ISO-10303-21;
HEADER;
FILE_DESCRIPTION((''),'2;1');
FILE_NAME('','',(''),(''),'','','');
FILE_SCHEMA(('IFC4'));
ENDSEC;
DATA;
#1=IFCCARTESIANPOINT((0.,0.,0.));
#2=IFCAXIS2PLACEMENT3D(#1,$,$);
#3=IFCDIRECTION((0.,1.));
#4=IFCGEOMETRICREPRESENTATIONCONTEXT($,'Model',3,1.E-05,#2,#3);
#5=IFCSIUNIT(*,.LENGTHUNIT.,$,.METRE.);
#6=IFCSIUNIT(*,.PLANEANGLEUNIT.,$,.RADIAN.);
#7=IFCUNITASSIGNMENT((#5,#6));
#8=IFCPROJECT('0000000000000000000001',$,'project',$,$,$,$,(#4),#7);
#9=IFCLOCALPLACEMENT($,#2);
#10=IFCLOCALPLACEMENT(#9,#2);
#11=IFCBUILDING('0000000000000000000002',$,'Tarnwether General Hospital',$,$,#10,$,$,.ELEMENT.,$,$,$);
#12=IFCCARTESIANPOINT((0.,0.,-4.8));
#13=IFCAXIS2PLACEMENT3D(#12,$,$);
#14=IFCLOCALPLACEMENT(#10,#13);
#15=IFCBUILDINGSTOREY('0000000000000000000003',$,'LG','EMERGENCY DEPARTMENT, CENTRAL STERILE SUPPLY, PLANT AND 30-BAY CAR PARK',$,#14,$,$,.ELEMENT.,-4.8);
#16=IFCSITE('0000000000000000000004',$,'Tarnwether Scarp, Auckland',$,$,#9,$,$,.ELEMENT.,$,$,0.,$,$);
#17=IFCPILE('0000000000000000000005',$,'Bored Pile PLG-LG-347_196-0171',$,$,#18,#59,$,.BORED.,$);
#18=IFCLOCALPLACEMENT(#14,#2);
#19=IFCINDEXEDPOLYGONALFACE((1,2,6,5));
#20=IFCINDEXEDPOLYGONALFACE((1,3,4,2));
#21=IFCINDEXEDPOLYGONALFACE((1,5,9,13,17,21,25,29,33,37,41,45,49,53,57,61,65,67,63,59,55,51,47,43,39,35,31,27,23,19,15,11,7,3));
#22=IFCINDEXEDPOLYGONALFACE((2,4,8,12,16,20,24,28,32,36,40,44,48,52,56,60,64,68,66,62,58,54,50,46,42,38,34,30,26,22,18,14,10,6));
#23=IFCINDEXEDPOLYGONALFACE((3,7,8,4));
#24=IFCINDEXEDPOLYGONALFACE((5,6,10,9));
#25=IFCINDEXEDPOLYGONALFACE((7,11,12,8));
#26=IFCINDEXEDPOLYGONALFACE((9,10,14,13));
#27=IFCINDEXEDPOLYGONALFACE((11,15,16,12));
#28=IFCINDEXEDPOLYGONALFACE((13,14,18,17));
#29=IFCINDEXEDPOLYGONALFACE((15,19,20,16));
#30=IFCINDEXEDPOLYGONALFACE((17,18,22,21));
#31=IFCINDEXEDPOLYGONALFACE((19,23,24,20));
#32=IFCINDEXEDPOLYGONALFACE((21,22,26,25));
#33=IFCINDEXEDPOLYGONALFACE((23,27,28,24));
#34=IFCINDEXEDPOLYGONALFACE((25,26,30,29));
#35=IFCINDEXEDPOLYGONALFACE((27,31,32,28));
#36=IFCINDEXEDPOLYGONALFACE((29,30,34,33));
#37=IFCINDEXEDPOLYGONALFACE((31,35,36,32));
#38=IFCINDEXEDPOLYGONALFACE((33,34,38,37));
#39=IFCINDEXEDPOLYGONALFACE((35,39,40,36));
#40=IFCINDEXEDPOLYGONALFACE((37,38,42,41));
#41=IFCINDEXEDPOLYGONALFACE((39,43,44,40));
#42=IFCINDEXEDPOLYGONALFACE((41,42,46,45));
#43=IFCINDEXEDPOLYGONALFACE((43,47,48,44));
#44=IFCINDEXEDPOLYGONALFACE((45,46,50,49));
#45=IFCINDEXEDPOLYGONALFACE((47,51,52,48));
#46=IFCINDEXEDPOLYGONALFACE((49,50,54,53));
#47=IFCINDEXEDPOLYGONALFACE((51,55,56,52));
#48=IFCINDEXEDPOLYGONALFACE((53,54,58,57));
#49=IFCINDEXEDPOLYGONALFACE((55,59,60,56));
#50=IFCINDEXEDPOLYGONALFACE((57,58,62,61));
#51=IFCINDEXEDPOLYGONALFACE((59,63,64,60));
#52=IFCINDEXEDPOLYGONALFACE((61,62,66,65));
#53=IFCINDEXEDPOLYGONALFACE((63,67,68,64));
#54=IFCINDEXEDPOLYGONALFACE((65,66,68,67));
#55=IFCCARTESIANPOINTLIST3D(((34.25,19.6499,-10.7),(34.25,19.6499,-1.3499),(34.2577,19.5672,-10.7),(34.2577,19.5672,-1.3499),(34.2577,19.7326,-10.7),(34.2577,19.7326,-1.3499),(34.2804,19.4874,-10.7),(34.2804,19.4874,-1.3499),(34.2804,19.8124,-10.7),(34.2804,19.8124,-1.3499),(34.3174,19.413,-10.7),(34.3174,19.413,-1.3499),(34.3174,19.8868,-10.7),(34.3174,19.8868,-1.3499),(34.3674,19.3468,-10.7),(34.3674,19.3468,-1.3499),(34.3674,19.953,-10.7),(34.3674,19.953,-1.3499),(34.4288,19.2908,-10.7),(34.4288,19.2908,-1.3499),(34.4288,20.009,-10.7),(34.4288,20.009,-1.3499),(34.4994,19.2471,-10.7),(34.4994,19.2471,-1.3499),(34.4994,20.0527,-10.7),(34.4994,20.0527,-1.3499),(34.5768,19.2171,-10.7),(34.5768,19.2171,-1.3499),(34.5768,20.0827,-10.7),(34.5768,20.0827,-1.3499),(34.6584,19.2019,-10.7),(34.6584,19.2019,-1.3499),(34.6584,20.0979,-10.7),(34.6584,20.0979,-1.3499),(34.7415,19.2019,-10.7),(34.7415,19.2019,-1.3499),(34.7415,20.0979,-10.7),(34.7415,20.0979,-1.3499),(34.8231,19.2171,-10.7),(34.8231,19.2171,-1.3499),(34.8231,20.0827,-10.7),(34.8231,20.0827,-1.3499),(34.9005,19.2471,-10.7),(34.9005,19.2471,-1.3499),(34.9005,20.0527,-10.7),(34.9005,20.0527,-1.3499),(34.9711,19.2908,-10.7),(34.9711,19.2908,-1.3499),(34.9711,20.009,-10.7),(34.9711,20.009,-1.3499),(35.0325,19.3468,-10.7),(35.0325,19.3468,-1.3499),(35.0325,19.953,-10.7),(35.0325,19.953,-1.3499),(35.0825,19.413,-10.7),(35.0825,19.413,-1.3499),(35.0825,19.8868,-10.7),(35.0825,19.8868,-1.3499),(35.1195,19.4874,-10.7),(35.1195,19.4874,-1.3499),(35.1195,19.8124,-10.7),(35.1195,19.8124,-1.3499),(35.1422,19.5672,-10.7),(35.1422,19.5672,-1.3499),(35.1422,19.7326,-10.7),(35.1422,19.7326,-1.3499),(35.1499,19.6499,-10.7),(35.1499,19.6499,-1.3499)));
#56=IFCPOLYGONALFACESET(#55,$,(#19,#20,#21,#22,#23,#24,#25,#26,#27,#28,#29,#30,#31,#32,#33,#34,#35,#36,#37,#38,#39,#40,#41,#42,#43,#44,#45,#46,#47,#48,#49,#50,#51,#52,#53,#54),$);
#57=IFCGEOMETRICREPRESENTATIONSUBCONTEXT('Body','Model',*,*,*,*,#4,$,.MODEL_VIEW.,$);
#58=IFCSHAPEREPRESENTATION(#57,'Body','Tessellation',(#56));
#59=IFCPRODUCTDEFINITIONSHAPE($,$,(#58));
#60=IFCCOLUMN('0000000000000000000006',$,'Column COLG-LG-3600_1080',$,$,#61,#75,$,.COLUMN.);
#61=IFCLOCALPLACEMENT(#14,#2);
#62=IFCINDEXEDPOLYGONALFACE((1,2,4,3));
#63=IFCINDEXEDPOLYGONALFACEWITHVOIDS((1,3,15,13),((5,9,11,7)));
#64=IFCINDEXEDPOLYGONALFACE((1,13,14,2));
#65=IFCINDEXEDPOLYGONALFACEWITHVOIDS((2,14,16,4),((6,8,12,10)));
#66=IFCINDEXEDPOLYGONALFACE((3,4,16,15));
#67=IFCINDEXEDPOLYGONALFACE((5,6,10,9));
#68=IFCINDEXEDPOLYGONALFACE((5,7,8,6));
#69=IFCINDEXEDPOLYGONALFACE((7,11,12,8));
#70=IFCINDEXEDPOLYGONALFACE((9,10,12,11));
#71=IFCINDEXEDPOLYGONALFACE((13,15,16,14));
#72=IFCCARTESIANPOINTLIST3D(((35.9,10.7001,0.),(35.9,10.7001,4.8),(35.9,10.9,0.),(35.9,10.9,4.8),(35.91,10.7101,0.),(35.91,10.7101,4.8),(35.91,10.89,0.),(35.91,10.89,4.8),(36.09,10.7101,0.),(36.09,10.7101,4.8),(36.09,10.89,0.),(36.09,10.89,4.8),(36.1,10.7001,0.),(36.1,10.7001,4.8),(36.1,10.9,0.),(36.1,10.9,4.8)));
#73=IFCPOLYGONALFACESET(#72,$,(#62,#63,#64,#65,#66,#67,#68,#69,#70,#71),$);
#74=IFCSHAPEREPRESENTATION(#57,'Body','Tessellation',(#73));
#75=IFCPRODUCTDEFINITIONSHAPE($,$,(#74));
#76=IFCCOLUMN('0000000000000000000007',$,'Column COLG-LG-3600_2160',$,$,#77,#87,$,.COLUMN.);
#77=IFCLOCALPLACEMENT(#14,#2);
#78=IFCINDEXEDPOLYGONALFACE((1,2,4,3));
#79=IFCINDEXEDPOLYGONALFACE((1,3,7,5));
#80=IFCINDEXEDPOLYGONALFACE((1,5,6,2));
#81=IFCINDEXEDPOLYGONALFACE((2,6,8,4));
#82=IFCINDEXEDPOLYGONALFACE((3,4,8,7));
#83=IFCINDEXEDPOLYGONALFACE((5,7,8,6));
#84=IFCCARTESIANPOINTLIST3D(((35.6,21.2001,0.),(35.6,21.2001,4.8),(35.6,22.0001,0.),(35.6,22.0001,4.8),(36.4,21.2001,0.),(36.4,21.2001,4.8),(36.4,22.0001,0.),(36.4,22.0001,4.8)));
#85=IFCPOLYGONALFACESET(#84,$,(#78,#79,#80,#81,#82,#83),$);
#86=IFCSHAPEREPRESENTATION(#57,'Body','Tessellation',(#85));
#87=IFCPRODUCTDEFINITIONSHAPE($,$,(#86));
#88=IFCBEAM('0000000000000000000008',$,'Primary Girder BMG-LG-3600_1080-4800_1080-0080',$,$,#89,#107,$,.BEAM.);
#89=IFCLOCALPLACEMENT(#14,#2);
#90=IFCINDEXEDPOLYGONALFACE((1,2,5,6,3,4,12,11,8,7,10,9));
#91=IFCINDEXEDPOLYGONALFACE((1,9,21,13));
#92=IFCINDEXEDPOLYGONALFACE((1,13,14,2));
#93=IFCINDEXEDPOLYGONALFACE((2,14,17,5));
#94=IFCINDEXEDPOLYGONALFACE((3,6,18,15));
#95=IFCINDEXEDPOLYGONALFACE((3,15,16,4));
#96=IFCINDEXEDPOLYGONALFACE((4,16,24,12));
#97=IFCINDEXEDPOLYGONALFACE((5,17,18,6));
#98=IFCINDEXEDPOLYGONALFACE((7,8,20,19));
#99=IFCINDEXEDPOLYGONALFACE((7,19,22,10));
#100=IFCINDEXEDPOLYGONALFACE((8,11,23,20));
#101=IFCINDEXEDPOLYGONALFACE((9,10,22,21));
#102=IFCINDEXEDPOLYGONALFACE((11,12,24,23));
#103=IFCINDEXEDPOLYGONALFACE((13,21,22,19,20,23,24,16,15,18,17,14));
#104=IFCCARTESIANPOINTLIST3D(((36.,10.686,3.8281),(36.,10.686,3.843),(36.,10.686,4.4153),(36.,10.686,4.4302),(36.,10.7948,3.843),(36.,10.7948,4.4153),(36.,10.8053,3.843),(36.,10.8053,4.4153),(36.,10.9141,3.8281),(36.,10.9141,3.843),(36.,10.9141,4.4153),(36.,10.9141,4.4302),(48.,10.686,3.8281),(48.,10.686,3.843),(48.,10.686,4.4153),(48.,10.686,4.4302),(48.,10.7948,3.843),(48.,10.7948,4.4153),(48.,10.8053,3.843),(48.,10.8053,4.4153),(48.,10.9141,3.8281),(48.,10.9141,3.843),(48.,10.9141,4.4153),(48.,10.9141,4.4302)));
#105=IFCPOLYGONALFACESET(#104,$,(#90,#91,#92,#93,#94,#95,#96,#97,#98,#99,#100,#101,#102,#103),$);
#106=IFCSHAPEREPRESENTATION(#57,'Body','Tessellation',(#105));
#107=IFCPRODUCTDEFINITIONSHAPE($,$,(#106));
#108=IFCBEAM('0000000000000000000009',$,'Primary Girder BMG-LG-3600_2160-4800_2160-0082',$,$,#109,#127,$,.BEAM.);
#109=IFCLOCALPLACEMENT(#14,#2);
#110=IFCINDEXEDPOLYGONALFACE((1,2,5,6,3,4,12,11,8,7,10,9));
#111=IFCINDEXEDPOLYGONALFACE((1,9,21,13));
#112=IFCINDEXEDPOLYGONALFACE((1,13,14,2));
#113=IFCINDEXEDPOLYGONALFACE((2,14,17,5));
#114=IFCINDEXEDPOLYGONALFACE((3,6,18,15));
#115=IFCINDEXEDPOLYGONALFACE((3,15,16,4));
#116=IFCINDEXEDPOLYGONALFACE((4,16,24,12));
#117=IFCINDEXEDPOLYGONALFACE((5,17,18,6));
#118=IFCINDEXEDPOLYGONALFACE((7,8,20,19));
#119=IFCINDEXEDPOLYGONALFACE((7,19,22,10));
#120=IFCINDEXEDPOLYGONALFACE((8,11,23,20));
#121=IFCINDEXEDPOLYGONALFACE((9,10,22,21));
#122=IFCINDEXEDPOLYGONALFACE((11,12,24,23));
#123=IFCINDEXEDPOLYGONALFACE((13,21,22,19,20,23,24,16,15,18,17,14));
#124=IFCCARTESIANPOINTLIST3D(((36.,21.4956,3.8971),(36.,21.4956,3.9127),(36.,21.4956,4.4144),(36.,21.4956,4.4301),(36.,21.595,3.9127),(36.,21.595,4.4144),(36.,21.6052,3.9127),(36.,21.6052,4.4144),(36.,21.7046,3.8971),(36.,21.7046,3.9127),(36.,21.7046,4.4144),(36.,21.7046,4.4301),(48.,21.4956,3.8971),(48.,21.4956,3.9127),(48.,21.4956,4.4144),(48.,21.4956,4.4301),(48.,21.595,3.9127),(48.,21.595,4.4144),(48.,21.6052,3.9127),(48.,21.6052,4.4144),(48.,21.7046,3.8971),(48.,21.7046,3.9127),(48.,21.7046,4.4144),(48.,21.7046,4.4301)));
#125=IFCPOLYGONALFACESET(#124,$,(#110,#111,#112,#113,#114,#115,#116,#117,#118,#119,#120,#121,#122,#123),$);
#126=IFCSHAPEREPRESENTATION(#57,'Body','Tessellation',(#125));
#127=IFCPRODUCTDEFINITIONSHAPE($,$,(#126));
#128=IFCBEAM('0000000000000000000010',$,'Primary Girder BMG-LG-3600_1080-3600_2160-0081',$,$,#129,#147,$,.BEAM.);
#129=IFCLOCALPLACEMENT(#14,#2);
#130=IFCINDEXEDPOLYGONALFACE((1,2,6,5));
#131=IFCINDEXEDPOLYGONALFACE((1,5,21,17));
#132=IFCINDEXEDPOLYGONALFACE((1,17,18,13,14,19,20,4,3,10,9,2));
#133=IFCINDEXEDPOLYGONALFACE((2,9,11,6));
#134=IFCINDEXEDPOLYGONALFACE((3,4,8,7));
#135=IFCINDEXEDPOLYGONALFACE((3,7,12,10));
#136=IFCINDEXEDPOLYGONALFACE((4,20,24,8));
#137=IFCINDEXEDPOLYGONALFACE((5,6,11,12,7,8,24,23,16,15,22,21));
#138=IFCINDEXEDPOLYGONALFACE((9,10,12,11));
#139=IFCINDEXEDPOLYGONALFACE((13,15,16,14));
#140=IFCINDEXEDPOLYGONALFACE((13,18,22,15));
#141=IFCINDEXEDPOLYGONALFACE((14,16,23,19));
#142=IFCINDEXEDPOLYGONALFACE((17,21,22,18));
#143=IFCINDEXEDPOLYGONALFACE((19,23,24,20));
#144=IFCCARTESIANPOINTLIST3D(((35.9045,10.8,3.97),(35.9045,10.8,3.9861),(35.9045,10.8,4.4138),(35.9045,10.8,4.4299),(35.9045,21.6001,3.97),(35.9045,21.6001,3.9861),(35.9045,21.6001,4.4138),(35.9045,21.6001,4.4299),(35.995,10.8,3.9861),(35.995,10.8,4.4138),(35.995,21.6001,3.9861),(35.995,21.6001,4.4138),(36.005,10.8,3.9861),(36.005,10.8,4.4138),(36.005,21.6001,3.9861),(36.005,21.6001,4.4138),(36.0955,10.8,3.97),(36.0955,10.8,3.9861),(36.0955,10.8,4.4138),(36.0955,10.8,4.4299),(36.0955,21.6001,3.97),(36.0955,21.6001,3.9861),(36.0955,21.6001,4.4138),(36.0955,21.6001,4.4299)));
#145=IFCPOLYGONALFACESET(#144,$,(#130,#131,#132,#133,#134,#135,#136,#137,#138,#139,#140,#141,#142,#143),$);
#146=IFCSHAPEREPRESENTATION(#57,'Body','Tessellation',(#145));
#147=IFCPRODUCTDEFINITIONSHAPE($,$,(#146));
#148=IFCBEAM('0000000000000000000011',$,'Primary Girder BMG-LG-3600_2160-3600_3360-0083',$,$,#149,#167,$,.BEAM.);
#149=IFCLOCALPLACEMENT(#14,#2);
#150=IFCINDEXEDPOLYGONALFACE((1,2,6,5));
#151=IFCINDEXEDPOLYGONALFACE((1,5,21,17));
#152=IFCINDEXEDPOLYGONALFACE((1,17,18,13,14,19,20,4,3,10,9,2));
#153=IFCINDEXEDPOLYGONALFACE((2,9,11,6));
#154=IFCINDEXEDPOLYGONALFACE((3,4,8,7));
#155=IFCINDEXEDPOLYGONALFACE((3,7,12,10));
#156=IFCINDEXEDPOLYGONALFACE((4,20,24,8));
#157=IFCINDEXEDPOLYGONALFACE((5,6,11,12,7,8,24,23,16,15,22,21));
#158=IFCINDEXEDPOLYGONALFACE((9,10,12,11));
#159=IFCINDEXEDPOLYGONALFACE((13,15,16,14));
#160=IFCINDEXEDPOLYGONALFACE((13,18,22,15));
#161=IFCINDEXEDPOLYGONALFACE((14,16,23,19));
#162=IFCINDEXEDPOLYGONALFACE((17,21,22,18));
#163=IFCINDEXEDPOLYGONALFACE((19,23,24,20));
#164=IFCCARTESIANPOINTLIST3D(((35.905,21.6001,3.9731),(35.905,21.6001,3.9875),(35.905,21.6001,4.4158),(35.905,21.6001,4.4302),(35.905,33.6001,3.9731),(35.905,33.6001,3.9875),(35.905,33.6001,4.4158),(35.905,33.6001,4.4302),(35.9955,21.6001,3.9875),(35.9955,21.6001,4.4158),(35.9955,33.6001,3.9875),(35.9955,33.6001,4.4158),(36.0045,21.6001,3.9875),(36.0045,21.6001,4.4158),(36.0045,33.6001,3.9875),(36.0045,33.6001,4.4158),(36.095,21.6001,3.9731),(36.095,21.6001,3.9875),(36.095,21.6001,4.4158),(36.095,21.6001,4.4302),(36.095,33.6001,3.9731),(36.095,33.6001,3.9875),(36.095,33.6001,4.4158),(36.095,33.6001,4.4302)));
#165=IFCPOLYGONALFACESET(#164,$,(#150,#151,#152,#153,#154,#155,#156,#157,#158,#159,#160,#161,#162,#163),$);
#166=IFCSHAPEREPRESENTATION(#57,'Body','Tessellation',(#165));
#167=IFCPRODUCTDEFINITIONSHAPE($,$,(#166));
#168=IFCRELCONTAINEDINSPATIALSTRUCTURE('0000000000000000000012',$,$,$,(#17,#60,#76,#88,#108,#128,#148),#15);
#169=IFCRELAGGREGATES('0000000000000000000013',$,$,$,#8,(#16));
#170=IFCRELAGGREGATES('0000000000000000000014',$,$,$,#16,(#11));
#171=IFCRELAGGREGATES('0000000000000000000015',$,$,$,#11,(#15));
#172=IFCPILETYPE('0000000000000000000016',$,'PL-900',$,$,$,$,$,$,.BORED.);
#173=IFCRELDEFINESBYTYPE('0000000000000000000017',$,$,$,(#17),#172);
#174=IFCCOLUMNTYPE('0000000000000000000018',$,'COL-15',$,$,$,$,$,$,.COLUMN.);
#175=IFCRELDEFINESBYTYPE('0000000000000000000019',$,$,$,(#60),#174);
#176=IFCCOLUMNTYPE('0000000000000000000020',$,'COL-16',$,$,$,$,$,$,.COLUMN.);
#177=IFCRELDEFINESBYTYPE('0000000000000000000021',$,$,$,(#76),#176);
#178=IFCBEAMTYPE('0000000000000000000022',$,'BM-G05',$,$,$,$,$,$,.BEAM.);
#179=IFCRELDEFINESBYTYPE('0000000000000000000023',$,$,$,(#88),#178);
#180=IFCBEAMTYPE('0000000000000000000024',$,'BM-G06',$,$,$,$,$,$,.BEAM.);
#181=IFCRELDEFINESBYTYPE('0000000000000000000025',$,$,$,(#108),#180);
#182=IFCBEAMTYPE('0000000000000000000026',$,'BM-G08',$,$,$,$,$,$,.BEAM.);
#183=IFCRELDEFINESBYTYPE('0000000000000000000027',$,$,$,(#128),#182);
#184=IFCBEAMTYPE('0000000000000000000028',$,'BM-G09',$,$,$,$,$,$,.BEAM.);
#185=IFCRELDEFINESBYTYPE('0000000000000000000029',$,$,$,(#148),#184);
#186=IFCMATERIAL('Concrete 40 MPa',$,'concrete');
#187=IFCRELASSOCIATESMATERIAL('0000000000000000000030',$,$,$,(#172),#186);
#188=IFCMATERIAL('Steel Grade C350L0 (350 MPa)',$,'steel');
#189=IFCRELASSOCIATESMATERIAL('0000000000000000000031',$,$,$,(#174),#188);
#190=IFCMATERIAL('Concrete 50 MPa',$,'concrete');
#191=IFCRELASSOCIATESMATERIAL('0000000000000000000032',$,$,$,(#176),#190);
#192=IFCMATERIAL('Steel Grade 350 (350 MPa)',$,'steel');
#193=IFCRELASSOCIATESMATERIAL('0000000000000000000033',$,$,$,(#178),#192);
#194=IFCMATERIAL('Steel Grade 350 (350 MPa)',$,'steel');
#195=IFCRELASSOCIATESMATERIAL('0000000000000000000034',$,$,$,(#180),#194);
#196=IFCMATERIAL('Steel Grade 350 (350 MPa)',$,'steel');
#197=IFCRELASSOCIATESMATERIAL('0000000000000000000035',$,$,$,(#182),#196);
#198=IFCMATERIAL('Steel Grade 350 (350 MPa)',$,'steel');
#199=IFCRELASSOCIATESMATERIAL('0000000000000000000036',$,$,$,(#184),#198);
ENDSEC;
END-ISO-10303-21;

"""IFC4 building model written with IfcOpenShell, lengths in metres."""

from ifc_helpers import new_model, si_unit, direction, frame, origin, origin_2d, place, context, subcontext, project, spatial, rectangle, hollow_rectangle, circle, i_section, extrude, material, material_profile, profile_set, type_object, element, save


model = new_model("IFC4")

# Units and contexts
model_context = context("Model", 3, precision=1e-05, world=origin(), true_north=direction((0.0, 1.0)))
body_context = subcontext(model_context, "Body", "Model", "MODEL_VIEW")
ifc_project = project(units=[si_unit("LENGTHUNIT", "METRE"), si_unit("PLANEANGLEUNIT", "RADIAN")], contexts=[model_context])

# Site, building, storey
site_placement = place(None, origin())
site = spatial("IfcSite", under=ifc_project, at=site_placement, Name="Tarnwether Scarp, Auckland", CompositionType="ELEMENT", RefElevation=0.0)
building_placement = place(site_placement, origin())
building = spatial("IfcBuilding", under=site, at=building_placement, Name="Tarnwether General Hospital", CompositionType="ELEMENT")
storey_placement = place(building_placement, frame((0.0, 0.0, -4.8)))
storey = spatial("IfcBuildingStorey", under=building, at=storey_placement, Name="LG", Description="EMERGENCY DEPARTMENT, CENTRAL STERILE SUPPLY, PLANT AND 30-BAY CAR PARK", CompositionType="ELEMENT", Elevation=-4.8)

# Pile
ifc_material_1 = material(Name="Concrete 40 MPa", Category="concrete")
ifc_material_profile_1 = material_profile(ifc_material_1, circle(Radius=0.45, at=origin_2d()), Name="PILE-D900")
ifc_profile_set_1 = profile_set([ifc_material_profile_1], Name="Concrete 40 MPa")
pile_type_1 = type_object("IfcPileType", Name="PL-900", PredefinedType="BORED", material=ifc_profile_set_1)
pile_1_placement = place(storey_placement, frame((34.7, 19.6499, -1.3499), z_axis=(0.0, 0.0, -1.0), x_axis=(1.0, 0.0, 0.0)))
element("IfcPile", 1, at=pile_1_placement, inside=storey, type_object=pile_type_1, Name="Bored Pile PLG-LG-347_196-0171", PredefinedType="BORED", context=body_context, shape_type="SweptSolid", body=[
    extrude(circle(Radius=0.45, at=origin_2d()), origin(), (0.0, 0.0, 1.0), 9.3501),
])

# Columns
ifc_material_2 = material(Name="Steel Grade C350L0 (350 MPa)", Category="steel")
ifc_material_profile_2 = material_profile(ifc_material_2, hollow_rectangle(XDim=0.2, YDim=0.2, WallThickness=0.01, at=origin_2d()), Name="SHS200x200x10")
ifc_profile_set_2 = profile_set([ifc_material_profile_2], Name="Steel Grade C350L0 (350 MPa)")
column_type_1 = type_object("IfcColumnType", Name="COL-15", PredefinedType="COLUMN", material=ifc_profile_set_2)
column_1_placement = place(storey_placement, frame((36.0, 10.8, 0.0), z_axis=(0.0, 0.0, 1.0), x_axis=(0.0, 1.0, 0.0)))
element("IfcColumn", 2, at=column_1_placement, inside=storey, type_object=column_type_1, Name="Column COLG-LG-3600_1080", PredefinedType="COLUMN", context=body_context, shape_type="SweptSolid", body=[
    extrude(hollow_rectangle(XDim=0.2, YDim=0.2, WallThickness=0.01, at=origin_2d()), origin(), (0.0, 0.0, 1.0), 4.8),
])
ifc_material_3 = material(Name="Concrete 50 MPa", Category="concrete")
ifc_material_profile_3 = material_profile(ifc_material_3, rectangle(XDim=0.8, YDim=0.8, at=origin_2d()), Name="RC-COL-800x800")
ifc_profile_set_3 = profile_set([ifc_material_profile_3], Name="Concrete 50 MPa")
column_type_2 = type_object("IfcColumnType", Name="COL-16", PredefinedType="COLUMN", material=ifc_profile_set_3)
column_2_placement = place(storey_placement, frame((36.0, 21.6001, 0.0), z_axis=(0.0, 0.0, 1.0), x_axis=(0.0, 1.0, 0.0)))
element("IfcColumn", 3, at=column_2_placement, inside=storey, type_object=column_type_2, Name="Column COLG-LG-3600_2160", PredefinedType="COLUMN", context=body_context, shape_type="SweptSolid", body=[
    extrude(rectangle(XDim=0.8, YDim=0.8, at=origin_2d()), origin(), (0.0, 0.0, 1.0), 4.8),
])

# Beams
ifc_material_4 = material(Name="Steel Grade 350 (350 MPa)", Category="steel")
ifc_material_profile_4 = material_profile(ifc_material_4, i_section(OverallWidth=0.228, OverallDepth=0.6021, WebThickness=0.0105, FlangeThickness=0.0149, at=origin_2d()), Name="610UB101")
ifc_profile_set_4 = profile_set([ifc_material_profile_4], Name="Steel Grade 350 (350 MPa)")
beam_type_1 = type_object("IfcBeamType", Name="BM-G05", PredefinedType="BEAM", material=ifc_profile_set_4)
beam_1_placement = place(storey_placement, frame((36.0, 10.8, 4.1292), z_axis=(1.0, 0.0, 0.0), x_axis=(0.0, 1.0, 0.0)))
element("IfcBeam", 4, at=beam_1_placement, inside=storey, type_object=beam_type_1, Name="Primary Girder BMG-LG-3600_1080-4800_1080-0080", PredefinedType="BEAM", context=body_context, shape_type="SweptSolid", body=[
    extrude(i_section(OverallWidth=0.228, OverallDepth=0.6021, WebThickness=0.0105, FlangeThickness=0.0149, at=origin_2d()), origin(), (0.0, 0.0, 1.0), 12.0),
])
ifc_material_5 = material(Name="Steel Grade 350 (350 MPa)", Category="steel")
ifc_material_profile_5 = material_profile(ifc_material_5, i_section(OverallWidth=0.209, OverallDepth=0.533, WebThickness=0.0103, FlangeThickness=0.0156, at=origin_2d()), Name="530UB92.4")
ifc_profile_set_5 = profile_set([ifc_material_profile_5], Name="Steel Grade 350 (350 MPa)")
beam_type_2 = type_object("IfcBeamType", Name="BM-G06", PredefinedType="BEAM", material=ifc_profile_set_5)
beam_2_placement = place(storey_placement, frame((36.0, 21.6001, 4.1636), z_axis=(1.0, 0.0, 0.0), x_axis=(0.0, 1.0, 0.0)))
element("IfcBeam", 5, at=beam_2_placement, inside=storey, type_object=beam_type_2, Name="Primary Girder BMG-LG-3600_2160-4800_2160-0082", PredefinedType="BEAM", context=body_context, shape_type="SweptSolid", body=[
    extrude(i_section(OverallWidth=0.209, OverallDepth=0.533, WebThickness=0.0103, FlangeThickness=0.0156, at=origin_2d()), origin(), (0.0, 0.0, 1.0), 12.0),
])
ifc_material_6 = material(Name="Steel Grade 350 (350 MPa)", Category="steel")
ifc_material_profile_6 = material_profile(ifc_material_6, i_section(OverallWidth=0.1909, OverallDepth=0.46, WebThickness=0.01, FlangeThickness=0.0161, at=origin_2d()), Name="460UB82.1")
ifc_profile_set_6 = profile_set([ifc_material_profile_6], Name="Steel Grade 350 (350 MPa)")
beam_type_3 = type_object("IfcBeamType", Name="BM-G08", PredefinedType="BEAM", material=ifc_profile_set_6)
beam_3_placement = place(storey_placement, frame((36.0, 10.8, 4.2), z_axis=(0.0, 1.0, 0.0), x_axis=(-1.0, 0.0, 0.0)))
element("IfcBeam", 6, at=beam_3_placement, inside=storey, type_object=beam_type_3, Name="Primary Girder BMG-LG-3600_1080-3600_2160-0081", PredefinedType="BEAM", context=body_context, shape_type="SweptSolid", body=[
    extrude(i_section(OverallWidth=0.1909, OverallDepth=0.46, WebThickness=0.01, FlangeThickness=0.0161, at=origin_2d()), origin(), (0.0, 0.0, 1.0), 10.8),
])
ifc_material_7 = material(Name="Steel Grade 350 (350 MPa)", Category="steel")
ifc_material_profile_7 = material_profile(ifc_material_7, i_section(OverallWidth=0.1899, OverallDepth=0.457, WebThickness=0.009, FlangeThickness=0.0144, at=origin_2d()), Name="460UB74.6")
ifc_profile_set_7 = profile_set([ifc_material_profile_7], Name="Steel Grade 350 (350 MPa)")
beam_type_4 = type_object("IfcBeamType", Name="BM-G09", PredefinedType="BEAM", material=ifc_profile_set_7)
beam_4_placement = place(storey_placement, frame((36.0, 21.6001, 4.2017), z_axis=(0.0, 1.0, 0.0), x_axis=(-1.0, 0.0, 0.0)))
element("IfcBeam", 7, at=beam_4_placement, inside=storey, type_object=beam_type_4, Name="Primary Girder BMG-LG-3600_2160-3600_3360-0083", PredefinedType="BEAM", context=body_context, shape_type="SweptSolid", body=[
    extrude(i_section(OverallWidth=0.1899, OverallDepth=0.457, WebThickness=0.009, FlangeThickness=0.0144, at=origin_2d()), origin(), (0.0, 0.0, 1.0), 12.0),
])

save(model, "model.ifc")
